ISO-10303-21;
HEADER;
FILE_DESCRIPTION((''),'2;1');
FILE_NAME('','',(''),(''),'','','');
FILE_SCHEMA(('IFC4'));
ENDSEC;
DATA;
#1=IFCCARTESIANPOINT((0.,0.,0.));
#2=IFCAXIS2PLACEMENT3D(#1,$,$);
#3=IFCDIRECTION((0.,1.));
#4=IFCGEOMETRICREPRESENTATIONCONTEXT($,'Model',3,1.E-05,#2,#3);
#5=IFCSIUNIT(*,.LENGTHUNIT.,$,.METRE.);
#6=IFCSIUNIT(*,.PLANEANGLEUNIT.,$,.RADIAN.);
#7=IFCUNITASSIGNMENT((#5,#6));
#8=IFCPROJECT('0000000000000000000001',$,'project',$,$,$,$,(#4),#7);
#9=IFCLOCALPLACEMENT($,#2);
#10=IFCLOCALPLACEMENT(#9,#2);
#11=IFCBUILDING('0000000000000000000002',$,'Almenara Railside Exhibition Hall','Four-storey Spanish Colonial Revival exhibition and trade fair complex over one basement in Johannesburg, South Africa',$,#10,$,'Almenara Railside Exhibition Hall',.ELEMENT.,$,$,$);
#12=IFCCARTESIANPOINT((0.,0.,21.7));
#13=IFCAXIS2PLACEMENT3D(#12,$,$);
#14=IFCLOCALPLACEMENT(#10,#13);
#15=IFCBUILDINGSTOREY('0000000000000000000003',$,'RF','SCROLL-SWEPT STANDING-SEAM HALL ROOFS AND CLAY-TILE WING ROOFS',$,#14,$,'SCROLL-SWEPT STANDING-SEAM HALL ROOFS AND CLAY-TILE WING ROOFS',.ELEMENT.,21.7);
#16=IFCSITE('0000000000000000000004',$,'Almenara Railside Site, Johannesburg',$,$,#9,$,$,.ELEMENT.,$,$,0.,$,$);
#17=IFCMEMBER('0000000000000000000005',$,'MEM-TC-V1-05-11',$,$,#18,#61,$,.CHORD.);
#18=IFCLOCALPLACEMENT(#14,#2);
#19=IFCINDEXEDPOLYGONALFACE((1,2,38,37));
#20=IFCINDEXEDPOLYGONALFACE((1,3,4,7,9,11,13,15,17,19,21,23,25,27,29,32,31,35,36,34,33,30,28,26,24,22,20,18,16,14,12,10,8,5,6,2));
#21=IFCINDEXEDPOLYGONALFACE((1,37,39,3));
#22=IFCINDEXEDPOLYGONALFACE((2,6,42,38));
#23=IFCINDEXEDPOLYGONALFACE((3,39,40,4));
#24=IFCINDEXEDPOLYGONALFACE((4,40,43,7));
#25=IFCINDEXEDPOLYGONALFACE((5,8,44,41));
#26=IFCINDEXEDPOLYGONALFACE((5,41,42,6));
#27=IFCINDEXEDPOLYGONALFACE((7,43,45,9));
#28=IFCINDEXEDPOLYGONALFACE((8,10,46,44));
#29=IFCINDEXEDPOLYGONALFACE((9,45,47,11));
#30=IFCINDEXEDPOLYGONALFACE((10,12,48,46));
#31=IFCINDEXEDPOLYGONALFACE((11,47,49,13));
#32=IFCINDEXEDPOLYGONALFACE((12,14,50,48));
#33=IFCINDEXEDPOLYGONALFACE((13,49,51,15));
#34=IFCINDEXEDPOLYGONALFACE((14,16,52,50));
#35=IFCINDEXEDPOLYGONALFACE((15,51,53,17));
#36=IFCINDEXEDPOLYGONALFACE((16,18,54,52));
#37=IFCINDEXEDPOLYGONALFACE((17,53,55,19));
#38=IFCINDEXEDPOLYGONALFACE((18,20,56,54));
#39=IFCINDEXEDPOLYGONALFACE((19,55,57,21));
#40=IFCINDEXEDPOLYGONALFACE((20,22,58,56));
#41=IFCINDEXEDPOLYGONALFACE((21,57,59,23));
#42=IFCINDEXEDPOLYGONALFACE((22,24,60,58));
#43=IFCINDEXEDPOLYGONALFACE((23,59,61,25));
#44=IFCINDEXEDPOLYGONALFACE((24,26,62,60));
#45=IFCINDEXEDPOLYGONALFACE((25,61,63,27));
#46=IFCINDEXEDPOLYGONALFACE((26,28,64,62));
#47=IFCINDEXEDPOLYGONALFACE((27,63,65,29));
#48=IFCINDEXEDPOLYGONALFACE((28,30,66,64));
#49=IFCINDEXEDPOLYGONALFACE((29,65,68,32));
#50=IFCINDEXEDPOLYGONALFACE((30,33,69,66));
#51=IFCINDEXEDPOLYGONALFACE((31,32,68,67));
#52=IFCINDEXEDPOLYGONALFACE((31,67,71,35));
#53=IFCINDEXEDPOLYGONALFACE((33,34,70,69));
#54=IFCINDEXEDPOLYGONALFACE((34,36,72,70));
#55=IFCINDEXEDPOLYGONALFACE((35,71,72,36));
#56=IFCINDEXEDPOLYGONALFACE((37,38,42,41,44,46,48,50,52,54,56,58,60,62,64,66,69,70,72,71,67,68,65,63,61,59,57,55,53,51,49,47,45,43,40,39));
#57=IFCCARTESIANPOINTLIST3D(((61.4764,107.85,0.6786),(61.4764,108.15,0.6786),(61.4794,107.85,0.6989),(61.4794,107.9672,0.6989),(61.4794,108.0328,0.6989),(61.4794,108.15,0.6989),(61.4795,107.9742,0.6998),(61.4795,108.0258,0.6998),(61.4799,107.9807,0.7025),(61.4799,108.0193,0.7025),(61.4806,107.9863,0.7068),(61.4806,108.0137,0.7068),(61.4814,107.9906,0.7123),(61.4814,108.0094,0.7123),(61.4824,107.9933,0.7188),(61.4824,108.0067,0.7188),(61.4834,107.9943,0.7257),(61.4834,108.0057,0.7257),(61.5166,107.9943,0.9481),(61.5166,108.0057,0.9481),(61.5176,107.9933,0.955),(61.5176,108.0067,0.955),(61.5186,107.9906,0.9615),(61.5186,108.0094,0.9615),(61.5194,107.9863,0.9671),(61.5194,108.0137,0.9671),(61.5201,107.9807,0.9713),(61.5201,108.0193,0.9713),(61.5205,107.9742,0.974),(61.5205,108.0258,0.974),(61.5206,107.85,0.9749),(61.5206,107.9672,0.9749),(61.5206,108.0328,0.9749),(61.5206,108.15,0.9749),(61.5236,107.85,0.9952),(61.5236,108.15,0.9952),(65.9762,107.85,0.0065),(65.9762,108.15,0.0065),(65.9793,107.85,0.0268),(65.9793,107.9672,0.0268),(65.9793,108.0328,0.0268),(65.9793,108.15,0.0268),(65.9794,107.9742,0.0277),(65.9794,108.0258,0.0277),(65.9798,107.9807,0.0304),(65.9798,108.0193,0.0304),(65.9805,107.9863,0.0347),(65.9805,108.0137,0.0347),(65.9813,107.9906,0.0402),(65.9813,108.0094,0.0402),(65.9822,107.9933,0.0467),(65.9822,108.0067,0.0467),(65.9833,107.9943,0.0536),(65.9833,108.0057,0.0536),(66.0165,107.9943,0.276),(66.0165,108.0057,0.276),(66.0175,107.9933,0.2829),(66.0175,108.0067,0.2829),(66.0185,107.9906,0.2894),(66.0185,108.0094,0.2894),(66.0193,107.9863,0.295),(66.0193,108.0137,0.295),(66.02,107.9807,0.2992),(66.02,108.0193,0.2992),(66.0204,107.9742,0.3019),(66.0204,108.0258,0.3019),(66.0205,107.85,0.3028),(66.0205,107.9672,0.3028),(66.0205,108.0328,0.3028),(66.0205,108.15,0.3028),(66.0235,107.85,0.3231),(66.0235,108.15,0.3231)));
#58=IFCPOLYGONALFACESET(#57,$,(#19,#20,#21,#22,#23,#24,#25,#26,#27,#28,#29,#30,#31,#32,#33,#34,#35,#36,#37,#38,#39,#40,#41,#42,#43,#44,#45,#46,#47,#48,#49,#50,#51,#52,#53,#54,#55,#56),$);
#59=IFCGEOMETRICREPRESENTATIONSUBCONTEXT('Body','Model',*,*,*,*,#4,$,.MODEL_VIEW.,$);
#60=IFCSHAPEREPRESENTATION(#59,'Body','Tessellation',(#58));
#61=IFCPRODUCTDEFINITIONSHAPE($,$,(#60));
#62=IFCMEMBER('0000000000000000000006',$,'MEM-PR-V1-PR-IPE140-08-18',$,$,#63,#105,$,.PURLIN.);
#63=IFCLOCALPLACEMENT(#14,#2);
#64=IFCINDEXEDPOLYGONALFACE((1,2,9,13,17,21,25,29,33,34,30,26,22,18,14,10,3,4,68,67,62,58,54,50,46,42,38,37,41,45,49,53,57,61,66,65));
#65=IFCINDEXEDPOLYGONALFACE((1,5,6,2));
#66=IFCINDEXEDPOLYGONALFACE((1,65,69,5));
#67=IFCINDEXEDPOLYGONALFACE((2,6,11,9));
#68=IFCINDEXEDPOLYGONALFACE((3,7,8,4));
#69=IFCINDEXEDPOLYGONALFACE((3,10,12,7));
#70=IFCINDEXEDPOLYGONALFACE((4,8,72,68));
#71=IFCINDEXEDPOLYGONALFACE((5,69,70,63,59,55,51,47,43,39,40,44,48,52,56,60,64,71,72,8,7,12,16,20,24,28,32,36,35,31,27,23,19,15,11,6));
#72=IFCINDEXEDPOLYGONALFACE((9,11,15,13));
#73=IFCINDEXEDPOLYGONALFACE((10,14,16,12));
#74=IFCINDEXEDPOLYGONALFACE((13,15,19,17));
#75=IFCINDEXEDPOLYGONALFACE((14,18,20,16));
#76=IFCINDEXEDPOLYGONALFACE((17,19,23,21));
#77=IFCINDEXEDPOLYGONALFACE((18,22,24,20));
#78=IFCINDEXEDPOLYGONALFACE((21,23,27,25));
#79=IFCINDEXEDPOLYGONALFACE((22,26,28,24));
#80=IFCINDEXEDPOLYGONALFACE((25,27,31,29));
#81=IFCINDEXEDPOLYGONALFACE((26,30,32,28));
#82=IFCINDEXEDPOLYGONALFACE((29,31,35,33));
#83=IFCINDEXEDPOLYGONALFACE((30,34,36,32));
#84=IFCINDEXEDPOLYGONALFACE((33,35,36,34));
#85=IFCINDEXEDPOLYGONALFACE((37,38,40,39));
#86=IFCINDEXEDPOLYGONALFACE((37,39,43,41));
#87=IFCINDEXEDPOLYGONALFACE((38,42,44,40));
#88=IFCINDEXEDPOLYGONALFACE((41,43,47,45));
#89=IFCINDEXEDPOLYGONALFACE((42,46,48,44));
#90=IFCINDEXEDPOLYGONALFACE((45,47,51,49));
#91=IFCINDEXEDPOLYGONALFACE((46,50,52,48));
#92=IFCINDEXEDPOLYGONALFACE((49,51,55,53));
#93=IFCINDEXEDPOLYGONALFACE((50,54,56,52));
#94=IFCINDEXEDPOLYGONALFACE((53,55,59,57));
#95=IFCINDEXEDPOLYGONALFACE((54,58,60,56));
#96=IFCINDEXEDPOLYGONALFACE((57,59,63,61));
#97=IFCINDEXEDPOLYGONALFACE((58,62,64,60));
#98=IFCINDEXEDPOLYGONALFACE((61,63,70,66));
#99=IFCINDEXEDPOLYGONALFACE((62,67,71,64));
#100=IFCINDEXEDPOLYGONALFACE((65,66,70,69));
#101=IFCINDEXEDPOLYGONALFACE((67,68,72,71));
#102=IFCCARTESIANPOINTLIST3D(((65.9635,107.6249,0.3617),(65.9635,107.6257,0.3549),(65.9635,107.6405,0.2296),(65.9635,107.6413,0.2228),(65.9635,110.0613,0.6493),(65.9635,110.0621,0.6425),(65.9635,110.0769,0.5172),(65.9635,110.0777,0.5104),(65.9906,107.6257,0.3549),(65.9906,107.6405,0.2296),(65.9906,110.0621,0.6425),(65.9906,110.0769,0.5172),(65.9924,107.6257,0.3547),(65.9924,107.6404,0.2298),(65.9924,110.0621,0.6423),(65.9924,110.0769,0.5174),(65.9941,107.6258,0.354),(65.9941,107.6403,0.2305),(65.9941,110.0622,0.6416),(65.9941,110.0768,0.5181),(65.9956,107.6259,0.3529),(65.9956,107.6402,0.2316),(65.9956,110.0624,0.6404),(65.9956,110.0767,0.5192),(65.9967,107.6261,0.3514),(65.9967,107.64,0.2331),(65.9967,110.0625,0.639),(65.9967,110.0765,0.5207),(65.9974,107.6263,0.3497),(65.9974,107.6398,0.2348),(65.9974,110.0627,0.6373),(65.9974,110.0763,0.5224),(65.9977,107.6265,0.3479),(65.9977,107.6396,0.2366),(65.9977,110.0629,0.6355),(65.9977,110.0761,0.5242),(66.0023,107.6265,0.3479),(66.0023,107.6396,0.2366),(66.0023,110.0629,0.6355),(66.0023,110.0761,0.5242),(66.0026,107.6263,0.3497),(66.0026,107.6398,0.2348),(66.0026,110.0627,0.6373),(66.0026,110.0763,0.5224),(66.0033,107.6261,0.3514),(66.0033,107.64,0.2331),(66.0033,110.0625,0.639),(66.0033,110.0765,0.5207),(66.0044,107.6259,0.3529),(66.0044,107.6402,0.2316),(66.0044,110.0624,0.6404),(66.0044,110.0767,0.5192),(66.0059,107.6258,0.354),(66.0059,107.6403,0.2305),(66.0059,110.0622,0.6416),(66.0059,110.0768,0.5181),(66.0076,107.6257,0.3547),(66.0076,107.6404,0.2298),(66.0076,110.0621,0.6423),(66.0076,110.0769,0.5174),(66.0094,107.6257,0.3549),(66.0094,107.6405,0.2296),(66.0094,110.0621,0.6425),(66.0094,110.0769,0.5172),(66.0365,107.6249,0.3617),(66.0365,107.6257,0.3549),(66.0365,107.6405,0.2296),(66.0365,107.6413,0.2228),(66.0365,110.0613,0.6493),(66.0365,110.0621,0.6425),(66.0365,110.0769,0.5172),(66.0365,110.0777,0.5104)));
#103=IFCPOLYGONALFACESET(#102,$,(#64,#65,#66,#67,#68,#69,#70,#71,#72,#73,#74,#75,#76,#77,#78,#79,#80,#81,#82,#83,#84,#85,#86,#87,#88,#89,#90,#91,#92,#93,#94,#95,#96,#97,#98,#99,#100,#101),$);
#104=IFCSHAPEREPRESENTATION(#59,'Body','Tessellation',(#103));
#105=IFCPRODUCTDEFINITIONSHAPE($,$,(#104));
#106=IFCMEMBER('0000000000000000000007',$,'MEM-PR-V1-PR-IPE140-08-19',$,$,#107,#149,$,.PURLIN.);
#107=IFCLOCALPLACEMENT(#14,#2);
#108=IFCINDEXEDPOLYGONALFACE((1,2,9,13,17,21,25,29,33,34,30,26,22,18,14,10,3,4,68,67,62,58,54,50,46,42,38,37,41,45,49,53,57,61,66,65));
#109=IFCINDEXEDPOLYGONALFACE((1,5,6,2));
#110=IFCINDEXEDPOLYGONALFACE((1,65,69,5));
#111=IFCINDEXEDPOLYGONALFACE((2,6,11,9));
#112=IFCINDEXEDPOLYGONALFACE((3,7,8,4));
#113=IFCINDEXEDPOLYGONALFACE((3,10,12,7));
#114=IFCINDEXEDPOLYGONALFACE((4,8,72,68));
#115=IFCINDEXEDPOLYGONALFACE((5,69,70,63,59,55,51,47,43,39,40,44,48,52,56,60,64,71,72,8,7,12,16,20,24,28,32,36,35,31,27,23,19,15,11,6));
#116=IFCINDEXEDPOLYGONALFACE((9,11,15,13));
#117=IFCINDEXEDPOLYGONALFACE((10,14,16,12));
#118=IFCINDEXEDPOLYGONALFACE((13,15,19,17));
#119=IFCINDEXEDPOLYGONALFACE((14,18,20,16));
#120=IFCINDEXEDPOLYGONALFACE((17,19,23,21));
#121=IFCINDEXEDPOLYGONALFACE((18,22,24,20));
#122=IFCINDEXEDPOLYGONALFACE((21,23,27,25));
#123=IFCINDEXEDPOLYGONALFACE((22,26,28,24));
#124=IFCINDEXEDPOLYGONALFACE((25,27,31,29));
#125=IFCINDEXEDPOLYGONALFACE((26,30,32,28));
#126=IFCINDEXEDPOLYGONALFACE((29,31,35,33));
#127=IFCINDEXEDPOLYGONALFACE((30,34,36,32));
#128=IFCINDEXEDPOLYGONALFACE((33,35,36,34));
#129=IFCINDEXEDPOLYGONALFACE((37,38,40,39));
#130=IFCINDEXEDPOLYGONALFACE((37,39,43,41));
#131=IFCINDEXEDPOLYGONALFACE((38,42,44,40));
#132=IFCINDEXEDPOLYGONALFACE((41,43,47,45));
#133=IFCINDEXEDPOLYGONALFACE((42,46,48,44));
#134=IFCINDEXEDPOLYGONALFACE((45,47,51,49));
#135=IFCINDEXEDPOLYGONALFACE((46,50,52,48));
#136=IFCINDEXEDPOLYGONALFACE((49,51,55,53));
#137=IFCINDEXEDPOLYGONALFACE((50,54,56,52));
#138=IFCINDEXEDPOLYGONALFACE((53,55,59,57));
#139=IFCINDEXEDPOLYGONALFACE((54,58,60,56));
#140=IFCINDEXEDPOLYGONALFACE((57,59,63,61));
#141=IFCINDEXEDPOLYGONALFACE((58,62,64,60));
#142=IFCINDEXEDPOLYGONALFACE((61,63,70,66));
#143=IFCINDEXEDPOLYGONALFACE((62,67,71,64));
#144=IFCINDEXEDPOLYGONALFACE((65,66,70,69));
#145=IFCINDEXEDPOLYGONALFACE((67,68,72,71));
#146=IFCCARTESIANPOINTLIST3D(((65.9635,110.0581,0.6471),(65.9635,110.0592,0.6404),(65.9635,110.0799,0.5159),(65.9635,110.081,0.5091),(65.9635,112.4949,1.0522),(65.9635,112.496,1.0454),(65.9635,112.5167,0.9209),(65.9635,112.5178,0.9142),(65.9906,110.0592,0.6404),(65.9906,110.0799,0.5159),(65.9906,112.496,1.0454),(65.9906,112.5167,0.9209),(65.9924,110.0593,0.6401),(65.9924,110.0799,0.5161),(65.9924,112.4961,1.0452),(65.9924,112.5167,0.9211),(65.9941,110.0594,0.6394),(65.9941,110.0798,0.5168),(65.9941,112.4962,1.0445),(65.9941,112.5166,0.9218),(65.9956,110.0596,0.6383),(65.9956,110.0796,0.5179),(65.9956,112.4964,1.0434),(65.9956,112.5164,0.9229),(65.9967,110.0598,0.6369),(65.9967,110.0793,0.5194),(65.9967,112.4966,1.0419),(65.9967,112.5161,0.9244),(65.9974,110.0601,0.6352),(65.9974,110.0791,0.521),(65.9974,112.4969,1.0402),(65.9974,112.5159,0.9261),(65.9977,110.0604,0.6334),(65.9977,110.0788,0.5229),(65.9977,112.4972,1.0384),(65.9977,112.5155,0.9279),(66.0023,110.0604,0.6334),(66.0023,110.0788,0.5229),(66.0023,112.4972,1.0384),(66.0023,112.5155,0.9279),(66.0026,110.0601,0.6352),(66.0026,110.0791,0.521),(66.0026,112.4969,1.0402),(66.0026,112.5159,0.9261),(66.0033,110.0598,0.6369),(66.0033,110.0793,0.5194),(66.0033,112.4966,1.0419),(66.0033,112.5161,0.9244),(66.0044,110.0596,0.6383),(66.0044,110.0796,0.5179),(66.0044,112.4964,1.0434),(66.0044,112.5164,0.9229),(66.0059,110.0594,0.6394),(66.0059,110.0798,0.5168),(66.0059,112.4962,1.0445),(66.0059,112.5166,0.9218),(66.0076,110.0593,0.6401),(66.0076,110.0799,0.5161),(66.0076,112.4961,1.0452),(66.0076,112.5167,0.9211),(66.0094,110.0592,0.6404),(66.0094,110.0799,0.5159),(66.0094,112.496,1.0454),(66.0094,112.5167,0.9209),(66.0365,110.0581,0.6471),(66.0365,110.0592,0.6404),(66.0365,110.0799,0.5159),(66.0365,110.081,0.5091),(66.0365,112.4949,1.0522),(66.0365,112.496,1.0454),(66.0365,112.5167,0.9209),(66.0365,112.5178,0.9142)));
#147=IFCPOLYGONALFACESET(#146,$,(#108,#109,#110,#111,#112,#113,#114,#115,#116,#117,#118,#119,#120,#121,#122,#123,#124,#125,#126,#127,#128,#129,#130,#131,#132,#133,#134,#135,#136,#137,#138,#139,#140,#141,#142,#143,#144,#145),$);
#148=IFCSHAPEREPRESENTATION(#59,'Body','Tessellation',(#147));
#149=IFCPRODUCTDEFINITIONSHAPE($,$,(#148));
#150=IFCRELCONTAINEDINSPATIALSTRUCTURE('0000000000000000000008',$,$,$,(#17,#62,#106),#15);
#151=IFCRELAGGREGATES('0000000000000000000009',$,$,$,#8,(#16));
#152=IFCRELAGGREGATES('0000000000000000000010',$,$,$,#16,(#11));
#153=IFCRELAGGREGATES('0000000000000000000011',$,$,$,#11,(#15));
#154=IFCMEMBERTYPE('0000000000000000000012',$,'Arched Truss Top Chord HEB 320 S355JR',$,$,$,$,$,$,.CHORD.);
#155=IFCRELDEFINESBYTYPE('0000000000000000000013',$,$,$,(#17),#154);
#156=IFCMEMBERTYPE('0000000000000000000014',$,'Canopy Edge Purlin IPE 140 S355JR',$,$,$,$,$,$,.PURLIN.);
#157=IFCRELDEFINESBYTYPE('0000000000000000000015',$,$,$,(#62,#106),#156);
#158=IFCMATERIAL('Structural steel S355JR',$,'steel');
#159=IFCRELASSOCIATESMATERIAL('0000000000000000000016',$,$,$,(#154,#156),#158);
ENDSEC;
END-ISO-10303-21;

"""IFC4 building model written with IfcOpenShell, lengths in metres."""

from ifc_helpers import new_model, si_unit, direction, frame, origin, origin_2d, place, context, subcontext, project, spatial, i_section, extrude, material, material_profile, profile_set, type_object, element, save


model = new_model("IFC4")

# Units and contexts
model_context = context("Model", 3, precision=1e-05, world=origin(), true_north=direction((0.0, 1.0)))
body_context = subcontext(model_context, "Body", "Model", "MODEL_VIEW")
ifc_project = project(units=[si_unit("LENGTHUNIT", "METRE"), si_unit("PLANEANGLEUNIT", "RADIAN")], contexts=[model_context])

# Site, building, storey
site_placement = place(None, origin())
site = spatial("IfcSite", under=ifc_project, at=site_placement, Name="Almenara Railside Site, Johannesburg", CompositionType="ELEMENT", RefElevation=0.0)
building_placement = place(site_placement, origin())
building = spatial("IfcBuilding", under=site, at=building_placement, Name="Almenara Railside Exhibition Hall", Description="Four-storey Spanish Colonial Revival exhibition and trade fair complex over one basement in Johannesburg, South Africa", LongName="Almenara Railside Exhibition Hall", CompositionType="ELEMENT")
storey_placement = place(building_placement, frame((0.0, 0.0, 21.7)))
storey = spatial("IfcBuildingStorey", under=building, at=storey_placement, Name="RF", Description="SCROLL-SWEPT STANDING-SEAM HALL ROOFS AND CLAY-TILE WING ROOFS", LongName="SCROLL-SWEPT STANDING-SEAM HALL ROOFS AND CLAY-TILE WING ROOFS", CompositionType="ELEMENT", Elevation=21.7)

# Shared definitions
ifc_material_1 = material(Name="Structural steel S355JR", Category="steel")

# Members
ifc_material_profile_1 = material_profile(ifc_material_1, i_section(OverallWidth=0.3, OverallDepth=0.3201, WebThickness=0.0115, FlangeThickness=0.0205, FilletRadius=0.0271, at=origin_2d()), Name="HEB 320")
ifc_profile_set_1 = profile_set([ifc_material_profile_1], Name="Structural steel S355JR")
member_type_1 = type_object("IfcMemberType", Name="Arched Truss Top Chord HEB 320 S355JR", PredefinedType="CHORD", material=ifc_profile_set_1)
member_1_placement = place(storey_placement, frame((61.5, 108.0, 0.8369), z_axis=(0.989029, 0.0, -0.147721), x_axis=(0.0, 1.0, 0.0)))
element("IfcMember", 1, at=member_1_placement, inside=storey, type_object=member_type_1, Name="MEM-TC-V1-05-11", PredefinedType="CHORD", context=body_context, shape_type="SweptSolid", body=[
    extrude(i_section(OverallWidth=0.3, OverallDepth=0.3201, WebThickness=0.0115, FlangeThickness=0.0205, FilletRadius=0.0271, at=origin_2d()), origin(), (0.0, 0.0, 1.0), 4.5498),
])
ifc_material_profile_2 = material_profile(ifc_material_1, i_section(OverallWidth=0.073, OverallDepth=0.1399, WebThickness=0.0046, FlangeThickness=0.0068, FilletRadius=0.0071, at=origin_2d()), Name="IPE 140")
ifc_profile_set_2 = profile_set([ifc_material_profile_2], Name="Structural steel S355JR")
member_type_2 = type_object("IfcMemberType", Name="Canopy Edge Purlin IPE 140 S355JR", PredefinedType="PURLIN", material=ifc_profile_set_2)
member_2_placement = place(storey_placement, frame((66.0, 107.6331, 0.2922), z_axis=(0.0, 0.993106, 0.117222), x_axis=(-1.0, 0.0, 0.0)))
element("IfcMember", 2, at=member_2_placement, inside=storey, type_object=member_type_2, Name="MEM-PR-V1-PR-IPE140-08-18", PredefinedType="PURLIN", context=body_context, shape_type="SweptSolid", body=[
    extrude(i_section(OverallWidth=0.073, OverallDepth=0.1399, WebThickness=0.0046, FlangeThickness=0.0068, FilletRadius=0.0071, at=origin_2d()), origin(), (0.0, 0.0, 1.0), 2.4534),
])
member_3_placement = place(storey_placement, frame((66.0, 110.0696, 0.5781), z_axis=(0.0, 0.986466, 0.163966), x_axis=(-1.0, 0.0, 0.0)))
element("IfcMember", 3, at=member_3_placement, inside=storey, type_object=member_type_2, Name="MEM-PR-V1-PR-IPE140-08-19", PredefinedType="PURLIN", context=body_context, shape_type="SweptSolid", body=[
    extrude(i_section(OverallWidth=0.073, OverallDepth=0.1399, WebThickness=0.0046, FlangeThickness=0.0068, FilletRadius=0.0071, at=origin_2d()), origin(), (0.0, 0.0, 1.0), 2.4702),
])

save(model, "model.ifc")
